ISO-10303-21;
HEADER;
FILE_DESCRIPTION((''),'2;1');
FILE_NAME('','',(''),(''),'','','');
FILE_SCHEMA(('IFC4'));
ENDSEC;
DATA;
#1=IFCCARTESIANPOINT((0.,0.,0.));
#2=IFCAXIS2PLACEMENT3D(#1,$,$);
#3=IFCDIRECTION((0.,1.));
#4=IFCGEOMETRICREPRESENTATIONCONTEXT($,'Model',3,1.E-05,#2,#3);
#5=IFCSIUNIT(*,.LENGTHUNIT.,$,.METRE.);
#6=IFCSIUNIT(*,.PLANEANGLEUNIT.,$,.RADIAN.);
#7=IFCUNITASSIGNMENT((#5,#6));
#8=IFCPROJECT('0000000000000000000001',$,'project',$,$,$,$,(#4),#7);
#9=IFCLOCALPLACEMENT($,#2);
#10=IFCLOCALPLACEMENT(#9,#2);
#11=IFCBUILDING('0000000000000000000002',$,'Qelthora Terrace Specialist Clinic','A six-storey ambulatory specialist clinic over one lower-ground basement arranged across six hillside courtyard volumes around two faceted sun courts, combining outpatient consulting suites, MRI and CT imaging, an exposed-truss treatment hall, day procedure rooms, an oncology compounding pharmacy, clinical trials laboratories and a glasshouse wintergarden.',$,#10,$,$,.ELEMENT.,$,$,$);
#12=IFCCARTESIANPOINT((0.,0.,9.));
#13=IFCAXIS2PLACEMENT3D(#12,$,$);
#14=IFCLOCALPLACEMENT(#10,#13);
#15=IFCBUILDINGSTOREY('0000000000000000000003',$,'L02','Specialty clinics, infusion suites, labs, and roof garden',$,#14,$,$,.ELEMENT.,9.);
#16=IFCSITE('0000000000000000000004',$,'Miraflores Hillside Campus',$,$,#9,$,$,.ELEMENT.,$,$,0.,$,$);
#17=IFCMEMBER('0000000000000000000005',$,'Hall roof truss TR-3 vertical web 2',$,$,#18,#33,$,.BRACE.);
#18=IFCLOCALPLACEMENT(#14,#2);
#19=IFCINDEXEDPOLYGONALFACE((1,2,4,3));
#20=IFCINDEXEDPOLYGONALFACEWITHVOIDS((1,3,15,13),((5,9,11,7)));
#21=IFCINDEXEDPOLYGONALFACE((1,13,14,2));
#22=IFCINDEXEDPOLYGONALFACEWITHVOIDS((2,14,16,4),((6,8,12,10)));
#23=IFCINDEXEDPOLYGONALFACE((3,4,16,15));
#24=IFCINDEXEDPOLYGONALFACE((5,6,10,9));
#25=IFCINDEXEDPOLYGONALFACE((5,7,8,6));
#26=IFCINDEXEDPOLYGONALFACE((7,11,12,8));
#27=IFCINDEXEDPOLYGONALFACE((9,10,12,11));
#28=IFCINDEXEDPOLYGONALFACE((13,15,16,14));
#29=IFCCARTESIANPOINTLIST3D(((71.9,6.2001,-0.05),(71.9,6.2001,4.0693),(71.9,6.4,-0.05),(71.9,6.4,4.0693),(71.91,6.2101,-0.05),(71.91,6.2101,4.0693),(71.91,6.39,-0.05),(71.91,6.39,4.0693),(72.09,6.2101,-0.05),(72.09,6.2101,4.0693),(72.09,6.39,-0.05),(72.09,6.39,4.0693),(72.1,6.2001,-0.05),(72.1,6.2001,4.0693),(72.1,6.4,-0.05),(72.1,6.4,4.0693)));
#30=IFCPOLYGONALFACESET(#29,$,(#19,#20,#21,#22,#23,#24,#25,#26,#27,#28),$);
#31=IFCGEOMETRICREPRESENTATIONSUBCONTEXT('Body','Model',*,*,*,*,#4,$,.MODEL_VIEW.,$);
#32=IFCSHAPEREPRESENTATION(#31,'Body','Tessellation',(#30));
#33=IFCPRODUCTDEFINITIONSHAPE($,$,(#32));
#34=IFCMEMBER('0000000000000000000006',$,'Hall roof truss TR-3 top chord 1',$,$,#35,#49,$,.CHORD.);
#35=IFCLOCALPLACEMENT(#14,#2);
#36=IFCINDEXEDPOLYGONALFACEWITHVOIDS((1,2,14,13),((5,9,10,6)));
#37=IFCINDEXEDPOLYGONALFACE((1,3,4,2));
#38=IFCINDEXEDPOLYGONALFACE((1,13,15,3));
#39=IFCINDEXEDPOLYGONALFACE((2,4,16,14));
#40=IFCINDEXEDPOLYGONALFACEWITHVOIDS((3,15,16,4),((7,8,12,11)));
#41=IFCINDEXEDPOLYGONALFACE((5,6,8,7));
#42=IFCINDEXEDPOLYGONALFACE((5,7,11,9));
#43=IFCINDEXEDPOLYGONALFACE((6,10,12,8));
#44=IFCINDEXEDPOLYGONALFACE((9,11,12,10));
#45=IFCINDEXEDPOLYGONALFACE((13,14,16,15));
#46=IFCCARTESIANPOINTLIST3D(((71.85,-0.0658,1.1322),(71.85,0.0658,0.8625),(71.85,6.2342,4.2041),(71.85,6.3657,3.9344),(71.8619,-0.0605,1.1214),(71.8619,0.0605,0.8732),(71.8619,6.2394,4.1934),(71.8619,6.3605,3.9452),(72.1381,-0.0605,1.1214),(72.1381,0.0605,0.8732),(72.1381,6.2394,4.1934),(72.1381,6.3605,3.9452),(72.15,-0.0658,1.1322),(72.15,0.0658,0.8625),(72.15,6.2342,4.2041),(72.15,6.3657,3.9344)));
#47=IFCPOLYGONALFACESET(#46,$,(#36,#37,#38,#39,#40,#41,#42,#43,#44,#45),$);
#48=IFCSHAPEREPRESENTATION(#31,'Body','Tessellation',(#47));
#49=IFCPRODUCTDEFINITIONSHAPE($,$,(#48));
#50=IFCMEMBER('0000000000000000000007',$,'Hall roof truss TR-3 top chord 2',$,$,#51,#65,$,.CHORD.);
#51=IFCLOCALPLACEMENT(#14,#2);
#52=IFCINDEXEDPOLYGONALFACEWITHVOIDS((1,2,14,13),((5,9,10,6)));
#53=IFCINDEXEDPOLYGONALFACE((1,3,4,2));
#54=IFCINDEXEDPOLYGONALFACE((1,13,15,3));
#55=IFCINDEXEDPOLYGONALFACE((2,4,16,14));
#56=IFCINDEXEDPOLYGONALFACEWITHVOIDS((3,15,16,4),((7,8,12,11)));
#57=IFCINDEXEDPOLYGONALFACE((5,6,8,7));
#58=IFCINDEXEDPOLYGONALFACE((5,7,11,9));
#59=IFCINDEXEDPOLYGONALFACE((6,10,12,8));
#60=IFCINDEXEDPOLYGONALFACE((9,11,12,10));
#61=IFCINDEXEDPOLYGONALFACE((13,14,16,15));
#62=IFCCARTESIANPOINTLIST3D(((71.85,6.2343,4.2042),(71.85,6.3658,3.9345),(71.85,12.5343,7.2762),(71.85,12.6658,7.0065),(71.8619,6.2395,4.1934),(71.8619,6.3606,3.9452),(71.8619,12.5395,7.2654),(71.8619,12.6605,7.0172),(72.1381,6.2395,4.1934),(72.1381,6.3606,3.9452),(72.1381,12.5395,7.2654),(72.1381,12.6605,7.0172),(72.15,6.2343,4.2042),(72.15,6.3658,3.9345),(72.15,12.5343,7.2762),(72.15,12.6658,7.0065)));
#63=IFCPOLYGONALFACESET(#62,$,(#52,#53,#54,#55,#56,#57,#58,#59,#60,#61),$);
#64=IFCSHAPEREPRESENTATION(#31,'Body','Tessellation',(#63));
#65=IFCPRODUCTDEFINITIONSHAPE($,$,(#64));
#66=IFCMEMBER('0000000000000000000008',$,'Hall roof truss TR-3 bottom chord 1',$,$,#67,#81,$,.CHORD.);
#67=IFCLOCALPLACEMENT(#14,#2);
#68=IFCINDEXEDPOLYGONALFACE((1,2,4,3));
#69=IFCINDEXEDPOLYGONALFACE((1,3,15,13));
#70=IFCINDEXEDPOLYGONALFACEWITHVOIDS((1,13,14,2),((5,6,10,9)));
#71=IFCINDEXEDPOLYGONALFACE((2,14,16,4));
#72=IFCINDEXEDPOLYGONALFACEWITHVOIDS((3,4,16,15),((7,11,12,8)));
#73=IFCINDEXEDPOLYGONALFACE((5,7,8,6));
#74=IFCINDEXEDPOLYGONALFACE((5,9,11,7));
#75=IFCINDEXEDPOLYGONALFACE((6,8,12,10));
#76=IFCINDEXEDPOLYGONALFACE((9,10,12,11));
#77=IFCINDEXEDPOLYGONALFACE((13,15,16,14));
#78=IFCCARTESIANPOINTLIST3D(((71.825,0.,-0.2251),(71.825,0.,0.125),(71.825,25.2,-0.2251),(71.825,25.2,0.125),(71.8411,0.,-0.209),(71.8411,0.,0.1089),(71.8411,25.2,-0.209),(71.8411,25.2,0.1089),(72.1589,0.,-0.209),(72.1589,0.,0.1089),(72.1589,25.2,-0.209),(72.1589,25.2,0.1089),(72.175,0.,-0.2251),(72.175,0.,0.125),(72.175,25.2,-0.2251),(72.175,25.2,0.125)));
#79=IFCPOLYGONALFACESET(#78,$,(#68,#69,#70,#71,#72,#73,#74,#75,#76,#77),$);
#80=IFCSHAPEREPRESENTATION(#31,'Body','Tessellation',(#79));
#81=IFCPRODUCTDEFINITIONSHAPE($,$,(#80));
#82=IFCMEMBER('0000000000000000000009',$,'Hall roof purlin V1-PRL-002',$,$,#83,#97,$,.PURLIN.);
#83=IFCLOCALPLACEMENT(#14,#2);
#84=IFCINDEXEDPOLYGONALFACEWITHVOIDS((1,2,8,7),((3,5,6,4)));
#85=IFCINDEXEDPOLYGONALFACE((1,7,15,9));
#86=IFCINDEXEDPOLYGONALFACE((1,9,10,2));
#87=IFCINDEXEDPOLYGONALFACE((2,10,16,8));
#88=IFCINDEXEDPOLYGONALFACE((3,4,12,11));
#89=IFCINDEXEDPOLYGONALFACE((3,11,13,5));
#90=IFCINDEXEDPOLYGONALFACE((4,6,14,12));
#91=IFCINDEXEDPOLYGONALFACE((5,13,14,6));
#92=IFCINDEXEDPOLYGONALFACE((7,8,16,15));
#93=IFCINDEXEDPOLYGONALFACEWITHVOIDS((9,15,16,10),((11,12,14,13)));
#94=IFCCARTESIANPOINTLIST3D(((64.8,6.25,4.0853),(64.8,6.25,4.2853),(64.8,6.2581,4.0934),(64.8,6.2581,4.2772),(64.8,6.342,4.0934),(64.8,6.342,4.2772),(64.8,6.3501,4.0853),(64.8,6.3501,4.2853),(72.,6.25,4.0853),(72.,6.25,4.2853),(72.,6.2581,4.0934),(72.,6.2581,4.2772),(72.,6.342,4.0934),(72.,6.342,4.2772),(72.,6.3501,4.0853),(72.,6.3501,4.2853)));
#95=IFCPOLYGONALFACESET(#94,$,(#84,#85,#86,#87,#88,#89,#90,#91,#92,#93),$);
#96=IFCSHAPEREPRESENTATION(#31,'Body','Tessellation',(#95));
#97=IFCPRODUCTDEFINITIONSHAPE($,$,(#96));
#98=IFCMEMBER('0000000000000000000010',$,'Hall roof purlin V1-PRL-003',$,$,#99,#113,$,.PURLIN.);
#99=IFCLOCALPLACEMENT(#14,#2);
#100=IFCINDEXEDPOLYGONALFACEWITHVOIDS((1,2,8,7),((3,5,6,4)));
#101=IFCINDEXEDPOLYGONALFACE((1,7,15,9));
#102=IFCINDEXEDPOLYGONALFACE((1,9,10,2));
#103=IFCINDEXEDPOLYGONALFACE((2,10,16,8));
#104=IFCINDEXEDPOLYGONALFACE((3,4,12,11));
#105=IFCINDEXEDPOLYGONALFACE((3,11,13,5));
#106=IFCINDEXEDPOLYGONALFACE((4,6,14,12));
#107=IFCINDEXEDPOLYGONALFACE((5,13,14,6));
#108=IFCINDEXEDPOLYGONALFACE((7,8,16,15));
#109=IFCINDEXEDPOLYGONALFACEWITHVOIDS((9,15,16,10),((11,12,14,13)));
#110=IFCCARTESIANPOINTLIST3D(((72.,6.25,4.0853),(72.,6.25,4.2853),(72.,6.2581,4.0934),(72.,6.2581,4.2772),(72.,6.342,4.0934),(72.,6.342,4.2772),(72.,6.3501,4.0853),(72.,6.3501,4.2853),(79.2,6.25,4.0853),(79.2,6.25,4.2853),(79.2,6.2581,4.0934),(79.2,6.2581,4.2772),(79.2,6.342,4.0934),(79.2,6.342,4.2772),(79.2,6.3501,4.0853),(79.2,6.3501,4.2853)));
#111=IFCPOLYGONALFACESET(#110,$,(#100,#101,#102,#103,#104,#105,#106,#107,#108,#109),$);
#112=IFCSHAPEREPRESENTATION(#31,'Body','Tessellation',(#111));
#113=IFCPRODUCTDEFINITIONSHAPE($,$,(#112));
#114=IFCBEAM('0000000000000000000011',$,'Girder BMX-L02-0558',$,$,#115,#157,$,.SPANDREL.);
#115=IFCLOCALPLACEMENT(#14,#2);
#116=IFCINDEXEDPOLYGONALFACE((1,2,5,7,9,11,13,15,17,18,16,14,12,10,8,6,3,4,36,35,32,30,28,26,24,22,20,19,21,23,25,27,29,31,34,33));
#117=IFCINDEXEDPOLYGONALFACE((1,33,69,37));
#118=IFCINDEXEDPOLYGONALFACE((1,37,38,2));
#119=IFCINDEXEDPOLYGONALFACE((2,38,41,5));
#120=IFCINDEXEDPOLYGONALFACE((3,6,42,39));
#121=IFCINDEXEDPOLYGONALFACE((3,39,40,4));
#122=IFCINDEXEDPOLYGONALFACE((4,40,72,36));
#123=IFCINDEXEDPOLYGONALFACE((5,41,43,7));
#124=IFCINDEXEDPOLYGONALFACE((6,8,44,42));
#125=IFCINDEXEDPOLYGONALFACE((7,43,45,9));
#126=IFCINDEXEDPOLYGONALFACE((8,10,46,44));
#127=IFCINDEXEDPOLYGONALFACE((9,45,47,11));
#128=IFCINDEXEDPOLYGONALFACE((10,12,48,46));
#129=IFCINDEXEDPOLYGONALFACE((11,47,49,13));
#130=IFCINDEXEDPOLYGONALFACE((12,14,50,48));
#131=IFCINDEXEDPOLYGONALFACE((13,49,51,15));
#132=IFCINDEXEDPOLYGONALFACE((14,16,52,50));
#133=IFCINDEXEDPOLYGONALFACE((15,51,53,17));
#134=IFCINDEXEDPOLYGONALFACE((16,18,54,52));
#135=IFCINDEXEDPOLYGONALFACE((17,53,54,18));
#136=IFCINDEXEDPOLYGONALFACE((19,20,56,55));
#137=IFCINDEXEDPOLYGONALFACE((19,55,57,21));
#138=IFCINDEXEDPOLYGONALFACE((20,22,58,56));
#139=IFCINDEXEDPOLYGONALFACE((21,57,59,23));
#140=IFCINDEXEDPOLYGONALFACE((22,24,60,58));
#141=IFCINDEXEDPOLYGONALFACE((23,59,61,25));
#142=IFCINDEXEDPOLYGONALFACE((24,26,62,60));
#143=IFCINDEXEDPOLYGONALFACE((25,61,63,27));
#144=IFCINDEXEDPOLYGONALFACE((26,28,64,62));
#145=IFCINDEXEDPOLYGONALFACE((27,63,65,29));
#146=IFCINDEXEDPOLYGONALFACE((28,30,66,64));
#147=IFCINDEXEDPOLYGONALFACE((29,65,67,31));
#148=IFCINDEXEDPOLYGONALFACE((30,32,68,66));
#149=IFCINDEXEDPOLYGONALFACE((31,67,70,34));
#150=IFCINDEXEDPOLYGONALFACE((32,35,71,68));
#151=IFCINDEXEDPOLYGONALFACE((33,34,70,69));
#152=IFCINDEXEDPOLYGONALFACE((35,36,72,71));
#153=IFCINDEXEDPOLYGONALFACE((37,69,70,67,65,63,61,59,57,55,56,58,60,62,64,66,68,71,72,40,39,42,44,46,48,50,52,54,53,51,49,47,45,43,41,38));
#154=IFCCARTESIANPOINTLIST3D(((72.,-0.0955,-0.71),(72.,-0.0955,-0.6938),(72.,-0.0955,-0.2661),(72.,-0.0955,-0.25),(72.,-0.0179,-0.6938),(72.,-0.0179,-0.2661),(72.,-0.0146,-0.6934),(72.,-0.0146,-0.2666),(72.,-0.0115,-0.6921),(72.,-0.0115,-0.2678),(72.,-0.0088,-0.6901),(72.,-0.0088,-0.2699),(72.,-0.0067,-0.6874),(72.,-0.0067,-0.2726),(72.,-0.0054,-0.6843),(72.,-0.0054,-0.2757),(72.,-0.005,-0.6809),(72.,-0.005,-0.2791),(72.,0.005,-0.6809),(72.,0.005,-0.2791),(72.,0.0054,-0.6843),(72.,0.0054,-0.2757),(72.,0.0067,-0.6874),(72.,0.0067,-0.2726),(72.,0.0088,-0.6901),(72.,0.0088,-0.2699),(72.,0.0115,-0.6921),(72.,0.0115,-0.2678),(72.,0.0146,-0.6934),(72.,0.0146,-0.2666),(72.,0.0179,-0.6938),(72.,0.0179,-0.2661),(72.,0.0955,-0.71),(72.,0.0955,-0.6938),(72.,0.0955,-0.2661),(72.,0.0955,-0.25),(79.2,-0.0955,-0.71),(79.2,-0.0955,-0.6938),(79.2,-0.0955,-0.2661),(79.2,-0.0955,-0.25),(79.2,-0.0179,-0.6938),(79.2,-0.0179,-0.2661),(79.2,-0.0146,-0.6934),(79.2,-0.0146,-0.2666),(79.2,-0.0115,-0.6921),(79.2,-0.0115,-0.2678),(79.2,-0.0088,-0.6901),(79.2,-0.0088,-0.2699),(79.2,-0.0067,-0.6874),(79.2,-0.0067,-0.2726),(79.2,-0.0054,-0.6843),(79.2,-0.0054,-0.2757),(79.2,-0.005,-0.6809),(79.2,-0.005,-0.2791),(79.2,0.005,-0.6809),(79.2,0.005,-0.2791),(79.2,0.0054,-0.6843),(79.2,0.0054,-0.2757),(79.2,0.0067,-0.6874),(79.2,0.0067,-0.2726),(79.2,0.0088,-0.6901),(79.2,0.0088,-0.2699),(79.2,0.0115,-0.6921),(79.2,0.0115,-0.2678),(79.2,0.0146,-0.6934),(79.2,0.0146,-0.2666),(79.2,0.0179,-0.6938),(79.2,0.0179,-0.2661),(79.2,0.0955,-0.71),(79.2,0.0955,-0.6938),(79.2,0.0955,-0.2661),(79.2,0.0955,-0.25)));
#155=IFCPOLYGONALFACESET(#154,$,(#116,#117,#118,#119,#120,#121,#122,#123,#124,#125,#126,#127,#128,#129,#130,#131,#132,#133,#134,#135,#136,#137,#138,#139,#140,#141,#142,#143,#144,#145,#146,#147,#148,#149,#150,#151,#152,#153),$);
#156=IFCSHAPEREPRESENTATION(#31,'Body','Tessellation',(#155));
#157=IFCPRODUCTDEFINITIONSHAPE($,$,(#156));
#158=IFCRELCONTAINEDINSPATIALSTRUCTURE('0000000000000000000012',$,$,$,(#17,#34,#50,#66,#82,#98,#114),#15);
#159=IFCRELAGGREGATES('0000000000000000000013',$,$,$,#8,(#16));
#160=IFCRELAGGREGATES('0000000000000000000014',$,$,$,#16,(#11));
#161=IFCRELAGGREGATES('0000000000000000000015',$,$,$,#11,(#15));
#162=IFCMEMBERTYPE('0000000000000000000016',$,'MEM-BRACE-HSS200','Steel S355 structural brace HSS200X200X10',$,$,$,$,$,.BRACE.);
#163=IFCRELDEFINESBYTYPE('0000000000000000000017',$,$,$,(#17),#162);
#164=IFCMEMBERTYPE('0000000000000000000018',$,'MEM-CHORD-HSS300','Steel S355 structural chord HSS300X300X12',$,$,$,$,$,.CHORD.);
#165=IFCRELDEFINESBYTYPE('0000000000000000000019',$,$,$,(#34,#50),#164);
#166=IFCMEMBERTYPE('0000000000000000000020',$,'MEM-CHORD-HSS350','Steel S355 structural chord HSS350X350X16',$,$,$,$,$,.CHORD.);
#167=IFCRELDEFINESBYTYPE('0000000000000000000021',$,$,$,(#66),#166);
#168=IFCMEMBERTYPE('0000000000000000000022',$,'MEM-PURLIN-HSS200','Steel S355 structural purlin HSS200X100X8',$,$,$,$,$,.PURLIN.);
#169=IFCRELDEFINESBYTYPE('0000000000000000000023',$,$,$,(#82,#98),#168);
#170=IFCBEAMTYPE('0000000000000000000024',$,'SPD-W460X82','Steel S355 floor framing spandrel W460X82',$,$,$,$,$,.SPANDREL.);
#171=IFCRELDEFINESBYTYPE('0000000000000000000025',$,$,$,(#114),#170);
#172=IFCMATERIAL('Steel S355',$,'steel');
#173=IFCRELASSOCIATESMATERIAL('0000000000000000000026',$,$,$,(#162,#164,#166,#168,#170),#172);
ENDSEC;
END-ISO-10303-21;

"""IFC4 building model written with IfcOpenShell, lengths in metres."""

from ifc_helpers import new_model, si_unit, direction, frame, origin, origin_2d, place, context, subcontext, project, spatial, hollow_rectangle, i_section, extrude, material, material_profile, profile_set, type_object, element, save


model = new_model("IFC4")

# Units and contexts
model_context = context("Model", 3, precision=1e-05, world=origin(), true_north=direction((0.0, 1.0)))
body_context = subcontext(model_context, "Body", "Model", "MODEL_VIEW")
ifc_project = project(units=[si_unit("LENGTHUNIT", "METRE"), si_unit("PLANEANGLEUNIT", "RADIAN")], contexts=[model_context])

# Site, building, storey
site_placement = place(None, origin())
site = spatial("IfcSite", under=ifc_project, at=site_placement, Name="Miraflores Hillside Campus", CompositionType="ELEMENT", RefElevation=0.0)
building_placement = place(site_placement, origin())
building = spatial("IfcBuilding", under=site, at=building_placement, Name="Qelthora Terrace Specialist Clinic", Description="A six-storey ambulatory specialist clinic over one lower-ground basement arranged across six hillside courtyard volumes around two faceted sun courts, combining outpatient consulting suites, MRI and CT imaging, an exposed-truss treatment hall, day procedure rooms, an oncology compounding pharmacy, clinical trials laboratories and a glasshouse wintergarden.", CompositionType="ELEMENT")
storey_placement = place(building_placement, frame((0.0, 0.0, 9.0)))
storey = spatial("IfcBuildingStorey", under=building, at=storey_placement, Name="L02", Description="Specialty clinics, infusion suites, labs, and roof garden", CompositionType="ELEMENT", Elevation=9.0)

# Members
ifc_material_1 = material(Name="Steel S355", Category="steel")
ifc_material_profile_1 = material_profile(ifc_material_1, hollow_rectangle(XDim=0.2, YDim=0.2, WallThickness=0.01, at=origin_2d()), Name="HSS200X200X10")
ifc_profile_set_1 = profile_set([ifc_material_profile_1], Name="Steel S355")
member_type_1 = type_object("IfcMemberType", Name="MEM-BRACE-HSS200", Description="Steel S355 structural brace HSS200X200X10", PredefinedType="BRACE", material=ifc_profile_set_1)
member_1_placement = place(storey_placement, frame((72.0, 6.3, -0.05), z_axis=(0.0, 0.0, 1.0), x_axis=(1.0, 0.0, 0.0)))
element("IfcMember", 1, at=member_1_placement, inside=storey, type_object=member_type_1, Name="Hall roof truss TR-3 vertical web 2", PredefinedType="BRACE", context=body_context, shape_type="SweptSolid", body=[
    extrude(hollow_rectangle(XDim=0.2, YDim=0.2, WallThickness=0.01, at=origin_2d()), origin(), (0.0, 0.0, 1.0), 4.1194),
])
ifc_material_profile_2 = material_profile(ifc_material_1, hollow_rectangle(XDim=0.3, YDim=0.3, WallThickness=0.012, at=origin_2d()), Name="HSS300X300X12")
ifc_profile_set_2 = profile_set([ifc_material_profile_2], Name="Steel S355")
member_type_2 = type_object("IfcMemberType", Name="MEM-CHORD-HSS300", Description="Steel S355 structural chord HSS300X300X12", PredefinedType="CHORD", material=ifc_profile_set_2)
for number, where, z_axis, x_axis, name in (
    (2, (72.0, 0.0, 0.9973), (0.0, 0.898834, 0.438288), (-1.0, 0.0, 0.0), "Hall roof truss TR-3 top chord 1"),
    (3, (72.0, 6.3, 4.0693), (0.0, 0.898834, 0.438288), (-1.0, 0.0, 0.0), "Hall roof truss TR-3 top chord 2"),
):
    element("IfcMember", number, at=place(storey_placement, frame(where, z_axis=z_axis, x_axis=x_axis)), inside=storey, type_object=member_type_2, Name=name, PredefinedType="CHORD", context=body_context, shape_type="SweptSolid", body=[
        extrude(hollow_rectangle(XDim=0.3, YDim=0.3, WallThickness=0.012, at=origin_2d()), origin(), (0.0, 0.0, 1.0), 7.009),
    ])
ifc_material_profile_3 = material_profile(ifc_material_1, hollow_rectangle(XDim=0.3501, YDim=0.3501, WallThickness=0.0161, at=origin_2d()), Name="HSS350X350X16")
ifc_profile_set_3 = profile_set([ifc_material_profile_3], Name="Steel S355")
member_type_3 = type_object("IfcMemberType", Name="MEM-CHORD-HSS350", Description="Steel S355 structural chord HSS350X350X16", PredefinedType="CHORD", material=ifc_profile_set_3)
member_2_placement = place(storey_placement, frame((72.0, 0.0, -0.05), z_axis=(0.0, 1.0, 0.0), x_axis=(-1.0, 0.0, 0.0)))
element("IfcMember", 4, at=member_2_placement, inside=storey, type_object=member_type_3, Name="Hall roof truss TR-3 bottom chord 1", PredefinedType="CHORD", context=body_context, shape_type="SweptSolid", body=[
    extrude(hollow_rectangle(XDim=0.3501, YDim=0.3501, WallThickness=0.0161, at=origin_2d()), origin(), (0.0, 0.0, 1.0), 25.2),
])
ifc_material_profile_4 = material_profile(ifc_material_1, hollow_rectangle(XDim=0.1001, YDim=0.2, WallThickness=0.0081, at=origin_2d()), Name="HSS200X100X8")
ifc_profile_set_4 = profile_set([ifc_material_profile_4], Name="Steel S355")
member_type_4 = type_object("IfcMemberType", Name="MEM-PURLIN-HSS200", Description="Steel S355 structural purlin HSS200X100X8", PredefinedType="PURLIN", material=ifc_profile_set_4)
for number, where, z_axis, x_axis, name in (
    (5, (64.8, 6.3, 4.1853), (1.0, 0.0, 0.0), (0.0, 1.0, 0.0), "Hall roof purlin V1-PRL-002"),
    (6, (72.0, 6.3, 4.1853), (1.0, 0.0, 0.0), (0.0, 1.0, 0.0), "Hall roof purlin V1-PRL-003"),
):
    element("IfcMember", number, at=place(storey_placement, frame(where, z_axis=z_axis, x_axis=x_axis)), inside=storey, type_object=member_type_4, Name=name, PredefinedType="PURLIN", context=body_context, shape_type="SweptSolid", body=[
        extrude(hollow_rectangle(XDim=0.1001, YDim=0.2, WallThickness=0.0081, at=origin_2d()), origin(), (0.0, 0.0, 1.0), 7.2),
    ])

# Beam
ifc_material_profile_5 = material_profile(ifc_material_1, i_section(OverallWidth=0.1909, OverallDepth=0.46, WebThickness=0.01, FlangeThickness=0.0161, FilletRadius=0.0129, at=origin_2d()), Name="W460X82")
ifc_profile_set_5 = profile_set([ifc_material_profile_5], Name="Steel S355")
beam_type = type_object("IfcBeamType", Name="SPD-W460X82", Description="Steel S355 floor framing spandrel W460X82", PredefinedType="SPANDREL", material=ifc_profile_set_5)
for number, where, z_axis, x_axis, name in (
    (7, (72.0, 0.0, -0.48), (1.0, 0.0, 0.0), (0.0, 1.0, 0.0), "Girder BMX-L02-0558"),
):
    element("IfcBeam", number, at=place(storey_placement, frame(where, z_axis=z_axis, x_axis=x_axis)), inside=storey, type_object=beam_type, Name=name, PredefinedType="SPANDREL", context=body_context, shape_type="SweptSolid", body=[
        extrude(i_section(OverallWidth=0.1909, OverallDepth=0.46, WebThickness=0.01, FlangeThickness=0.0161, FilletRadius=0.0129, at=origin_2d()), origin(), (0.0, 0.0, 1.0), 7.2),
    ])

save(model, "model.ifc")
